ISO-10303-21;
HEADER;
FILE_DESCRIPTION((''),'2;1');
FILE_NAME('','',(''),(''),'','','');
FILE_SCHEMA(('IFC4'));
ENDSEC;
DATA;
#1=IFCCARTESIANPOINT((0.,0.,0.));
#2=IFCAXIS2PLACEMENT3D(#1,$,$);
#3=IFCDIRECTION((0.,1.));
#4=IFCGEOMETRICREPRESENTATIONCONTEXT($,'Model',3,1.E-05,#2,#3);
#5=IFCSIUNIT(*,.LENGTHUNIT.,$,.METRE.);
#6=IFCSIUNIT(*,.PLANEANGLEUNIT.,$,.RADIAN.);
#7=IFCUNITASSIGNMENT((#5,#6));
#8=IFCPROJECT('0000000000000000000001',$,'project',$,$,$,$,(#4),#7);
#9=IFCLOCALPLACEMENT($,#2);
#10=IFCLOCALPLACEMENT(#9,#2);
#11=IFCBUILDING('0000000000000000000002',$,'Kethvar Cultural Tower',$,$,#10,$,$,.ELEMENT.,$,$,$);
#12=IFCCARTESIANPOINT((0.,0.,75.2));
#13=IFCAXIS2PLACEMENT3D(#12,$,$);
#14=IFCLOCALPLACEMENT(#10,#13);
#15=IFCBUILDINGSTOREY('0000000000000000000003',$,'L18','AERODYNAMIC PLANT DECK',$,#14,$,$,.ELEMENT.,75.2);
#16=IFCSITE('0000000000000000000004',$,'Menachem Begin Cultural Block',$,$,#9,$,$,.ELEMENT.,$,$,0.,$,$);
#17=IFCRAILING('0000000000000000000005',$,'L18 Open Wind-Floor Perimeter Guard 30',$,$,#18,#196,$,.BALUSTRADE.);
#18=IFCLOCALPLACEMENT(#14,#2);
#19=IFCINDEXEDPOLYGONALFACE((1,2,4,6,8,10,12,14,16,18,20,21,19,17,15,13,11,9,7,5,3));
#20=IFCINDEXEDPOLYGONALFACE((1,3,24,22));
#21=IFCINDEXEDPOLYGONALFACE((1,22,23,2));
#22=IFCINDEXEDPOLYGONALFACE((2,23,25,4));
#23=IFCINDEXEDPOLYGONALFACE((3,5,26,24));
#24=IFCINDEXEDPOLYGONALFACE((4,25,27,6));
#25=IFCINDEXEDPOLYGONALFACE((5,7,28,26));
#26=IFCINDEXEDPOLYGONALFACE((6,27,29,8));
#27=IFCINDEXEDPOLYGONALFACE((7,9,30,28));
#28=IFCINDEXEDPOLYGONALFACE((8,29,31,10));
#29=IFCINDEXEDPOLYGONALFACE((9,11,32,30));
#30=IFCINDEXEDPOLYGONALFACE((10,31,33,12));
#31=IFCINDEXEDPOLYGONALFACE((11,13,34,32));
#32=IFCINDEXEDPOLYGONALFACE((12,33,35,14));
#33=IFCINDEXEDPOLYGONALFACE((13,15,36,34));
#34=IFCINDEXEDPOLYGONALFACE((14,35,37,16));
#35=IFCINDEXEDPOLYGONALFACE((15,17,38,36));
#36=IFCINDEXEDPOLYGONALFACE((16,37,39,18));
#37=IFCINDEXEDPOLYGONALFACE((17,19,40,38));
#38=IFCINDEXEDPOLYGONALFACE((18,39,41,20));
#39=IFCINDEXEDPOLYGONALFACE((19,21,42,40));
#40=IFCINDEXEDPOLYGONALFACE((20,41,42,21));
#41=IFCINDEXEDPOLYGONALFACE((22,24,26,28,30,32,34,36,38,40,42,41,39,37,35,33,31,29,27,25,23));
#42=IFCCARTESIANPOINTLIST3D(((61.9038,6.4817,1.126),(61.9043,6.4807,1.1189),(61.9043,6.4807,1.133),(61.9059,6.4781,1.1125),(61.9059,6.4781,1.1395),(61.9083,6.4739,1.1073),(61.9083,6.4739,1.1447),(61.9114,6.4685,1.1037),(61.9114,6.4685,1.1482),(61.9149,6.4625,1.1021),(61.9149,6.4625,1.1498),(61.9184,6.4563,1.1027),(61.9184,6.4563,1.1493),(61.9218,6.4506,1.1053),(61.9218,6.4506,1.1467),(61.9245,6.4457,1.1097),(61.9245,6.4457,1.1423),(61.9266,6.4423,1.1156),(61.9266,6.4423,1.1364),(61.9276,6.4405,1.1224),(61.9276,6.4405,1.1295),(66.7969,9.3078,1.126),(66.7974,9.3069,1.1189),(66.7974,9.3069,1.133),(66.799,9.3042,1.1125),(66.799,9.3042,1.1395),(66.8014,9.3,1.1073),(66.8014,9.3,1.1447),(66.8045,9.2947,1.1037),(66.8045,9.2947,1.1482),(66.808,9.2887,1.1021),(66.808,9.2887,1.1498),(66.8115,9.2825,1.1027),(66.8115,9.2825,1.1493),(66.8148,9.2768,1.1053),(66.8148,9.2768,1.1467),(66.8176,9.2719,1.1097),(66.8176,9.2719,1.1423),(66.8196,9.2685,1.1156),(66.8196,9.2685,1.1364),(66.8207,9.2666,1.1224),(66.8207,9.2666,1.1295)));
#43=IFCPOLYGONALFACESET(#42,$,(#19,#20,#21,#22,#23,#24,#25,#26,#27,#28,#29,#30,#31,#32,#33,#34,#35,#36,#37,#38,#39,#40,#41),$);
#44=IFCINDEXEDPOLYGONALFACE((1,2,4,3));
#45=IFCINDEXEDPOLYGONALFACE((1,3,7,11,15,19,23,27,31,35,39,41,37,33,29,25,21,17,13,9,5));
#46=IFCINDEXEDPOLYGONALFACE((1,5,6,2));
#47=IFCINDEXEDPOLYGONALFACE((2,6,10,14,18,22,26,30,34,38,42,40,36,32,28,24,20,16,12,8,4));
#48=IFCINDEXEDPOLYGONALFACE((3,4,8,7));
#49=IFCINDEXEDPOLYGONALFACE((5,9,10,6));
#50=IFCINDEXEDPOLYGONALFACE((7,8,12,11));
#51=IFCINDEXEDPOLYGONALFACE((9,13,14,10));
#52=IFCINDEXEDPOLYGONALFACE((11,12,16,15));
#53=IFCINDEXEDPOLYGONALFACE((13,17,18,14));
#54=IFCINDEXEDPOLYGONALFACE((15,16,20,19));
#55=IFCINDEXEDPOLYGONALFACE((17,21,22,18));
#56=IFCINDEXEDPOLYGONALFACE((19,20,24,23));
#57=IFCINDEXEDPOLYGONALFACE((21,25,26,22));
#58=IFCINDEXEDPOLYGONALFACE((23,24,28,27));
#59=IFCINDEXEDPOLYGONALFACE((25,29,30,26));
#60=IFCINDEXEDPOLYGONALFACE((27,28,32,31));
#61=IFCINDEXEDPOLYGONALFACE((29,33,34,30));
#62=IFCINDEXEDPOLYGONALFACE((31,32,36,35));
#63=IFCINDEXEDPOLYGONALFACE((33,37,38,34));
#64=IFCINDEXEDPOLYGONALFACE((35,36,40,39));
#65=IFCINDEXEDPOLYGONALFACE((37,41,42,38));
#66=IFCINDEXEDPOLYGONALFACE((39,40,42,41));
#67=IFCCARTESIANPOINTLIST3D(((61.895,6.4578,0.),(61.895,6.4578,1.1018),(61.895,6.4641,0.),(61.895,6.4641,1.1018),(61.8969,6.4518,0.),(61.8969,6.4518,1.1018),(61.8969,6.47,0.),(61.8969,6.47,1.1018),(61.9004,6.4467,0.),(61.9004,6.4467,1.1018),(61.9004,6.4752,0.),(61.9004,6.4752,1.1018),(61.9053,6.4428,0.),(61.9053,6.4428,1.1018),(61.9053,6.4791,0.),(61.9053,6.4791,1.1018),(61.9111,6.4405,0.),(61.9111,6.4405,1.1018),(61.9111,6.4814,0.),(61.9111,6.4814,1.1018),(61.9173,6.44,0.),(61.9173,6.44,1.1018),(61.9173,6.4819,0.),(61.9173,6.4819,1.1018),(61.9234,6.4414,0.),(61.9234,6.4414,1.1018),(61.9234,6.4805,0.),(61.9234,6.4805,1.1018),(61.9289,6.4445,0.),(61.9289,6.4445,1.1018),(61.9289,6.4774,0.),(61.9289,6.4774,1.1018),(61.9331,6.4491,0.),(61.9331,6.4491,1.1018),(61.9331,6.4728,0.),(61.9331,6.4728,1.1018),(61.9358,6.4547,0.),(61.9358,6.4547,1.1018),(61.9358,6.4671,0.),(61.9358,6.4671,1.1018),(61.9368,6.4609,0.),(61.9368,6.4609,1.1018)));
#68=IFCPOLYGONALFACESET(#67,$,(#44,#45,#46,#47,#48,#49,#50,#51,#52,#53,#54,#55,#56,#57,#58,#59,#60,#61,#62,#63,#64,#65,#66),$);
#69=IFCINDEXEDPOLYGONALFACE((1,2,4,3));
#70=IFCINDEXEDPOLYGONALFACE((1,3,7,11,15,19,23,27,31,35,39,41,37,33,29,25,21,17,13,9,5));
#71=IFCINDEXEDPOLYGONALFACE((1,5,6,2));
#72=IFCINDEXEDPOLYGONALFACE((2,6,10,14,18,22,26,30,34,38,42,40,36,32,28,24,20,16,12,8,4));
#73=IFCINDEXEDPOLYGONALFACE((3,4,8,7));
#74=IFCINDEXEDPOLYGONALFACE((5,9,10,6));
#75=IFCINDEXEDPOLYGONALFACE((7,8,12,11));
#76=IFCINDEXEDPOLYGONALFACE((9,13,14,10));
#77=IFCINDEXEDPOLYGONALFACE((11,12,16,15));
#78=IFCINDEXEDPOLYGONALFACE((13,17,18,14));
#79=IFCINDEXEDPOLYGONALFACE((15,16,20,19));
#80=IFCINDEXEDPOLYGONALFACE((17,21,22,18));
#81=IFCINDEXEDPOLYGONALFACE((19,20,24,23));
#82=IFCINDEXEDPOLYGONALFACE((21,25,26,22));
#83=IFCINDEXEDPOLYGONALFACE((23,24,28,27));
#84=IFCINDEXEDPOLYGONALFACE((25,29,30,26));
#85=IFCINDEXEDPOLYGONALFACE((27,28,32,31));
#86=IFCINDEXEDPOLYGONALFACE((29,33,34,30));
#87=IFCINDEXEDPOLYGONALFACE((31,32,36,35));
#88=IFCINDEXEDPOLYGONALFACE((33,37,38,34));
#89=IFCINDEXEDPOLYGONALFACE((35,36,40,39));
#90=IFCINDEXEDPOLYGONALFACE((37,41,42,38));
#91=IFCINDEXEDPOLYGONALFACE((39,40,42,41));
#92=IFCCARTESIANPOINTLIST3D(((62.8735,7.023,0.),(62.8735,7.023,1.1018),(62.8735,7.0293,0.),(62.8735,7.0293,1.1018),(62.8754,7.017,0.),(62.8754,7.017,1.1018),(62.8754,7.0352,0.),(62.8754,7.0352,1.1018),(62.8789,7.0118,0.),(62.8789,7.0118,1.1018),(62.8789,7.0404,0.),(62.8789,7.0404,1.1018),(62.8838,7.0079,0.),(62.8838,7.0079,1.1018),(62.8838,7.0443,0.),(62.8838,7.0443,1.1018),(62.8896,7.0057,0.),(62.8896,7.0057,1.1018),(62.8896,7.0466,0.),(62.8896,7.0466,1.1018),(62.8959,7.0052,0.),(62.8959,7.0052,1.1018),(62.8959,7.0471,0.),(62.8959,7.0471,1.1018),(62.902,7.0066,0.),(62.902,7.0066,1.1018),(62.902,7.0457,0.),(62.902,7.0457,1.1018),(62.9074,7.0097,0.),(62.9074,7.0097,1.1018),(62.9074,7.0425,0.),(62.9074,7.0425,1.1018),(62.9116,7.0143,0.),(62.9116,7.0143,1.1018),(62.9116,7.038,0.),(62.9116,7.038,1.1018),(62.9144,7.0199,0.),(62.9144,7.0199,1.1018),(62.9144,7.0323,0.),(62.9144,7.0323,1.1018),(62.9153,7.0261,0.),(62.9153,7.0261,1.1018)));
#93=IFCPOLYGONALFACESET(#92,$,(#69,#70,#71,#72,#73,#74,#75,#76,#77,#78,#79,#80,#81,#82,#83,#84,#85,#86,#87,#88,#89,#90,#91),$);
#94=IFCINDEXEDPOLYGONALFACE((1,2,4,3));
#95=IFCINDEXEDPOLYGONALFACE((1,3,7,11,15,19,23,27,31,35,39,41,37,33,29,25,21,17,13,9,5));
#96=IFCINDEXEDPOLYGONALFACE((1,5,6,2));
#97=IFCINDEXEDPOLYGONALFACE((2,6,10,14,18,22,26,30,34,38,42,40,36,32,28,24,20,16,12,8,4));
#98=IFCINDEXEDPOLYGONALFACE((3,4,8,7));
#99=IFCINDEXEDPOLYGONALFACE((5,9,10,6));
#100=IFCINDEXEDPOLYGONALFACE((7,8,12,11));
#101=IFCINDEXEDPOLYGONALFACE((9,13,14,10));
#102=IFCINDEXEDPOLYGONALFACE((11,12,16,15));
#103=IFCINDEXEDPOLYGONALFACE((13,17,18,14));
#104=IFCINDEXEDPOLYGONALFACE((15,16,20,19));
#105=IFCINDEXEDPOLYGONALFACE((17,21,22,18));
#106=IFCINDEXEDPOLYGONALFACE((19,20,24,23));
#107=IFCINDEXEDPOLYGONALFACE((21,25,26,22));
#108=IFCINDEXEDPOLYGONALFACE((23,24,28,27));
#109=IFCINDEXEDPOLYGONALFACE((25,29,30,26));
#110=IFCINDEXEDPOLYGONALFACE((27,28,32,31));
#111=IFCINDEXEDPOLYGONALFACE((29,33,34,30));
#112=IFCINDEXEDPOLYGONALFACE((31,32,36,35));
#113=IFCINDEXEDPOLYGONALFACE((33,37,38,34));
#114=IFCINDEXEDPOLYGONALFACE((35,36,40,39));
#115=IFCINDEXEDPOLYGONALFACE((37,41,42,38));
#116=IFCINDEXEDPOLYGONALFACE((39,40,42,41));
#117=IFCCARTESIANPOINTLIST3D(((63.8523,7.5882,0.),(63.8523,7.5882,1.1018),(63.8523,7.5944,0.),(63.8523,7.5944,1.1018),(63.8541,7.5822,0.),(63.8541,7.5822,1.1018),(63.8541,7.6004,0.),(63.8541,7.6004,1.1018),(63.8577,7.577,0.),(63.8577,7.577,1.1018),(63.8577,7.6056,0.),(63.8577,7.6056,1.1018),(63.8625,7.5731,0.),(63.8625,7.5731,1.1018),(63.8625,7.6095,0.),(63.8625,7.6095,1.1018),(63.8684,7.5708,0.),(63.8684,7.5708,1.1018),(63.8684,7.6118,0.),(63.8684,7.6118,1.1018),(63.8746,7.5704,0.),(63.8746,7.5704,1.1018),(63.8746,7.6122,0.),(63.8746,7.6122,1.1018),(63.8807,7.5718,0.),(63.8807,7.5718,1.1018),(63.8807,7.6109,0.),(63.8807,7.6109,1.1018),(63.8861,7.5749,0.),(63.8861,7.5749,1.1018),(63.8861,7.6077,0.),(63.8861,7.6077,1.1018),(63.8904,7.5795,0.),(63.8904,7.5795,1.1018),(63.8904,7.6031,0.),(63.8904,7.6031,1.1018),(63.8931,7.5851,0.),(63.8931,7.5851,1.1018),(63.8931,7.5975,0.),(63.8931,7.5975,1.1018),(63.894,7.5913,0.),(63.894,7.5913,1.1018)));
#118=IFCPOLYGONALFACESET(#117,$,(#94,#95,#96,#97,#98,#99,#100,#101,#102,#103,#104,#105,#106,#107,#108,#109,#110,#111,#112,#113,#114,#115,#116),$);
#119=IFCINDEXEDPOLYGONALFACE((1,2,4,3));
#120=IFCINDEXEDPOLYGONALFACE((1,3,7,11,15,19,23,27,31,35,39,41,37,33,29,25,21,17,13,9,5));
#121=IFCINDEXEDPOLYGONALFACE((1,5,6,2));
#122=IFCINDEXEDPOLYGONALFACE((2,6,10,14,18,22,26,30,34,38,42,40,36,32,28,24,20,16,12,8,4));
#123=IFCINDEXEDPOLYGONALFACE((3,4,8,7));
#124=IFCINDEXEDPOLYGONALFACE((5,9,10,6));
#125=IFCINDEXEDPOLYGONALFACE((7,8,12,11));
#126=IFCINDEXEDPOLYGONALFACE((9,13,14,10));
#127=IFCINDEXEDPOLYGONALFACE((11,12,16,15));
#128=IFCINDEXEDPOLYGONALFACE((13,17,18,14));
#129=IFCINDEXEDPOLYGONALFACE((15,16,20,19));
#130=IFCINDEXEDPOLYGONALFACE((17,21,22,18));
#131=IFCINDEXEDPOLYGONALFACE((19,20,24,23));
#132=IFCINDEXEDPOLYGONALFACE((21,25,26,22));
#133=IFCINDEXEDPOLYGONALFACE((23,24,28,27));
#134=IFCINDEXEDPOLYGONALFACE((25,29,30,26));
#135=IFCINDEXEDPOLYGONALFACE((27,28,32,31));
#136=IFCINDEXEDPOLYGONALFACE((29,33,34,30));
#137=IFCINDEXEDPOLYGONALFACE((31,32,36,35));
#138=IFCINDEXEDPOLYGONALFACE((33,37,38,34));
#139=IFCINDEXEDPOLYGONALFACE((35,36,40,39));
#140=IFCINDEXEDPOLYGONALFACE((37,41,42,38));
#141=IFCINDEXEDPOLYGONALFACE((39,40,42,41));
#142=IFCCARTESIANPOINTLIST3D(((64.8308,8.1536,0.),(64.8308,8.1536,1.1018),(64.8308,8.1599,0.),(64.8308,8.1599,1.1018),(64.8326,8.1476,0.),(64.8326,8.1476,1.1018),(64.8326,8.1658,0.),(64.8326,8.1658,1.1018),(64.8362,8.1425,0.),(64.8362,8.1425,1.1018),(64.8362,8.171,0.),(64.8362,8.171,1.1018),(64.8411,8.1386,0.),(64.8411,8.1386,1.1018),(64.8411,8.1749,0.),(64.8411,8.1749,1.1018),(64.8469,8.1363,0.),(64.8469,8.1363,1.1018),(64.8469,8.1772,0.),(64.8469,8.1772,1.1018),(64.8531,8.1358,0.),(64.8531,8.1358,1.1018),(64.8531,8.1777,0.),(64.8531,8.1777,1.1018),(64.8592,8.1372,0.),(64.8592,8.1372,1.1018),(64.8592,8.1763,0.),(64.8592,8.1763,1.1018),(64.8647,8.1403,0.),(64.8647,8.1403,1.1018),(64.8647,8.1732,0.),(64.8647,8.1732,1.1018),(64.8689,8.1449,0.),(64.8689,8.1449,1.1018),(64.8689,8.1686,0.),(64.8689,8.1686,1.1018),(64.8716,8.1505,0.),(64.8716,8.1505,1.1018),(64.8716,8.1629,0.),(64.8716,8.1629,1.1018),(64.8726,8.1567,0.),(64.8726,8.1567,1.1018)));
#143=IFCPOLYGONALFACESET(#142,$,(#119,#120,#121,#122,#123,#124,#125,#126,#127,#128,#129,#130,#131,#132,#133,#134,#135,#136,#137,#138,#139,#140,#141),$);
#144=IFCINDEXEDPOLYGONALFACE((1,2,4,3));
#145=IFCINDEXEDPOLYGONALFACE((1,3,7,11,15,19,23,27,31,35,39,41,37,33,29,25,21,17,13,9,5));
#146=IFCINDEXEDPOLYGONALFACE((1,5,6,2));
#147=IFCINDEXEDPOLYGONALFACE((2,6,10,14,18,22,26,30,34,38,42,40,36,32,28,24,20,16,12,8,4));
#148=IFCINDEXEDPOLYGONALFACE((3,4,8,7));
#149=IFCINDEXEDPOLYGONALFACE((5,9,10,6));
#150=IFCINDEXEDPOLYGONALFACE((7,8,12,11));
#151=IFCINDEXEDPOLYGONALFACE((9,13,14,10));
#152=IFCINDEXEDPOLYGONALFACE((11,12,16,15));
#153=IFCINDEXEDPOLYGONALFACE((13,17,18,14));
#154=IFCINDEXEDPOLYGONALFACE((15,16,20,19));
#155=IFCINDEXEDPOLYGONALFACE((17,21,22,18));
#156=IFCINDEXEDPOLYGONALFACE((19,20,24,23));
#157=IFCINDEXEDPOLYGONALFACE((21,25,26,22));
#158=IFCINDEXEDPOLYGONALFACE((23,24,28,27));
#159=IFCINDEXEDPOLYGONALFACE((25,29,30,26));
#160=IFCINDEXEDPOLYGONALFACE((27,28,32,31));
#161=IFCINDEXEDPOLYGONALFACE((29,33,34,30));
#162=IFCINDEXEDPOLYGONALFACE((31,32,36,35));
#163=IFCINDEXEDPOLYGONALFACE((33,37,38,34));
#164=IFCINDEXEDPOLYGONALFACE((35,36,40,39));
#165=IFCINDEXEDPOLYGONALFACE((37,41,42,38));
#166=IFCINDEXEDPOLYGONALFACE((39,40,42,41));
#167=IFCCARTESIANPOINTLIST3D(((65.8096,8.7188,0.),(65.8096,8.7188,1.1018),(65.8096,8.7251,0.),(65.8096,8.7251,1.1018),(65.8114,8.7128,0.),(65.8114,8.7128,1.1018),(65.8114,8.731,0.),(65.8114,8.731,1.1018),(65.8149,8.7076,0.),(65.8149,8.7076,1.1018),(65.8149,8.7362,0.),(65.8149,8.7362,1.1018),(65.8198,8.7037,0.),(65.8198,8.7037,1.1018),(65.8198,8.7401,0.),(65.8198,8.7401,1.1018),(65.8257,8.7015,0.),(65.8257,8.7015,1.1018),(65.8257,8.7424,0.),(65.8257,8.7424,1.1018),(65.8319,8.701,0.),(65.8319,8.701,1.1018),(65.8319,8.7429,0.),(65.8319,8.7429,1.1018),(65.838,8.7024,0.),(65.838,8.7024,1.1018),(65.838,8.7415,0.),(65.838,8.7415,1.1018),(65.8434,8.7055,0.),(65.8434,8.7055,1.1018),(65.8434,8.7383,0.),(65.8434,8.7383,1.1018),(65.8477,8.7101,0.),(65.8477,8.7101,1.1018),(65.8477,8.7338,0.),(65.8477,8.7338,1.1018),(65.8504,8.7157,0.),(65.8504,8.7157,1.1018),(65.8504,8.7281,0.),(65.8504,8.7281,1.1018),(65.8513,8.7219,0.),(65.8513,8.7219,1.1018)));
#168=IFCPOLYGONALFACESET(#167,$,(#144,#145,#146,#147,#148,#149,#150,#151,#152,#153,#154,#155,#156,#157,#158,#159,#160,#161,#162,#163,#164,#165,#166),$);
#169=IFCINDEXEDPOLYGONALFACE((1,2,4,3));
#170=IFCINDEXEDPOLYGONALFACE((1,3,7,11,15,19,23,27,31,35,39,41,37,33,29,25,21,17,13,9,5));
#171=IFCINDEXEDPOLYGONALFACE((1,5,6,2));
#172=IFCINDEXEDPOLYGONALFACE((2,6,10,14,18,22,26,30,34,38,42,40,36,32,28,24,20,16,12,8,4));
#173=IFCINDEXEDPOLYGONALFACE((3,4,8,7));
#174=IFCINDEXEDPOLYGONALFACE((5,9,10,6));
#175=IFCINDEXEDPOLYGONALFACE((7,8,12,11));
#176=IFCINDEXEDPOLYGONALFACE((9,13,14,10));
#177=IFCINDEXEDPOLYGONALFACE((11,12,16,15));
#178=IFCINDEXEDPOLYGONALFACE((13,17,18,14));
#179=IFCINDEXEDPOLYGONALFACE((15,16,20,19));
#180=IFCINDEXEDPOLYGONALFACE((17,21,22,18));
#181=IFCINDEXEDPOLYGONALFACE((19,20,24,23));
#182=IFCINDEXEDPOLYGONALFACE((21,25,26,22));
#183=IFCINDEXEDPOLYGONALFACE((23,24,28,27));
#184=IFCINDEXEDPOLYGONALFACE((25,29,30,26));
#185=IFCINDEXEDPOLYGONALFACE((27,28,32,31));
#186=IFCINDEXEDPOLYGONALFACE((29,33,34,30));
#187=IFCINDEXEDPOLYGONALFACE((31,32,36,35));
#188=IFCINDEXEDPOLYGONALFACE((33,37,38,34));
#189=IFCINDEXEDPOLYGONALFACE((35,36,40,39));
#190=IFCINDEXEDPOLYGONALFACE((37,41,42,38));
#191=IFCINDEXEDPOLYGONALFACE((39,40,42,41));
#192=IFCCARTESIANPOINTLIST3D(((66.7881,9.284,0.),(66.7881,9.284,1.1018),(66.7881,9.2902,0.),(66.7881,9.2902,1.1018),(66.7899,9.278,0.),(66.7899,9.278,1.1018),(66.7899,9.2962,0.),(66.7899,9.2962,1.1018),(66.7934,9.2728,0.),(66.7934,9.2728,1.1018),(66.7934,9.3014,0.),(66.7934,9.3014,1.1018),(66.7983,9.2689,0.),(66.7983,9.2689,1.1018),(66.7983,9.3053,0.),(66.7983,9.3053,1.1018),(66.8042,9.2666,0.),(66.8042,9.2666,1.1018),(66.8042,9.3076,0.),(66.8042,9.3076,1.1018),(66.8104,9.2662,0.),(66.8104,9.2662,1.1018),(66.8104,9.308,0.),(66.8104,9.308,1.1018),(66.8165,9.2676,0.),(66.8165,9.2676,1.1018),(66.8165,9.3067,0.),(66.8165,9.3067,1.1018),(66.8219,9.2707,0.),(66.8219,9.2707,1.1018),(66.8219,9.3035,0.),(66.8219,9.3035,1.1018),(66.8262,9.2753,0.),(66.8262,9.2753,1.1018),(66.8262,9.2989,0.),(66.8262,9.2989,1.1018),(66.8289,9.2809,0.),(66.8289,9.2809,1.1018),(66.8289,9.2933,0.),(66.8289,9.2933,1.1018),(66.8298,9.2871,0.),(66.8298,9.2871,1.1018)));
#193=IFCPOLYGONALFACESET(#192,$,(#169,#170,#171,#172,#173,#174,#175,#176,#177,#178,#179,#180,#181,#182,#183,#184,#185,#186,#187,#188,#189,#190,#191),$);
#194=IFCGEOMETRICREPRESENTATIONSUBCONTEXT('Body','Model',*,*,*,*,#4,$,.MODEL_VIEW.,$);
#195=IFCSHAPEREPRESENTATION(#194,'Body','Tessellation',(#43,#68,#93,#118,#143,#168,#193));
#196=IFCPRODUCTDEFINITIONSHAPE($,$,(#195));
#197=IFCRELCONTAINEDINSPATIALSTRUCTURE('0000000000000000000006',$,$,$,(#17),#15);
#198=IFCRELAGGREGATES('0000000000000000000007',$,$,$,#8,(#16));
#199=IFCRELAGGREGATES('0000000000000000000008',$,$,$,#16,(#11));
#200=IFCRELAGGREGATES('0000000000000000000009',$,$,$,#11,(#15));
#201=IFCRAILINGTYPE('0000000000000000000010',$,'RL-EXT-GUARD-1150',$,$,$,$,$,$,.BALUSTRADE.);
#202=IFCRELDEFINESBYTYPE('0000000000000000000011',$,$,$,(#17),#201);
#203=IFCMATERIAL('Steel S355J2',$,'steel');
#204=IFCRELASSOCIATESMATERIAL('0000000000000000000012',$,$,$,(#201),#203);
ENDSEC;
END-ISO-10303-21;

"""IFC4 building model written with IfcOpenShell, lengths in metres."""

from ifc_helpers import new_model, si_unit, direction, frame, origin, origin_2d, place, context, subcontext, project, spatial, circle, extrude, material, type_object, element, save


model = new_model("IFC4")

# Units and contexts
model_context = context("Model", 3, precision=1e-05, world=origin(), true_north=direction((0.0, 1.0)))
body_context = subcontext(model_context, "Body", "Model", "MODEL_VIEW")
ifc_project = project(units=[si_unit("LENGTHUNIT", "METRE"), si_unit("PLANEANGLEUNIT", "RADIAN")], contexts=[model_context])

# Site, building, storey
site_placement = place(None, origin())
site = spatial("IfcSite", under=ifc_project, at=site_placement, Name="Menachem Begin Cultural Block", CompositionType="ELEMENT", RefElevation=0.0)
building_placement = place(site_placement, origin())
building = spatial("IfcBuilding", under=site, at=building_placement, Name="Kethvar Cultural Tower", CompositionType="ELEMENT")
storey_placement = place(building_placement, frame((0.0, 0.0, 75.2)))
storey = spatial("IfcBuildingStorey", under=building, at=storey_placement, Name="L18", Description="AERODYNAMIC PLANT DECK", CompositionType="ELEMENT", Elevation=75.2)

# Shared definitions
ifc_material_1 = material(Name="Steel S355J2", Category="steel")

# Railing
railing_type = type_object("IfcRailingType", Name="RL-EXT-GUARD-1150", PredefinedType="BALUSTRADE", material=ifc_material_1)
railing_1_placement = place(storey_placement, frame((61.9158, 6.4609, 0.0)))
element("IfcRailing", 1, at=railing_1_placement, inside=storey, type_object=railing_type, Name="L18 Open Wind-Floor Perimeter Guard 30", PredefinedType="BALUSTRADE", context=body_context, shape_type="SweptSolid", body=[
    extrude(circle(Radius=0.0239, at=origin_2d()), frame((0.0, 0.0, 1.126), z_axis=(0.865937, 0.500154, 0.0), x_axis=(-0.500154, 0.865937, 0.0)), (0.0, 0.0, 1.0), 5.6506),
    extrude(circle(Radius=0.021, at=origin_2d()), origin(), (0.0, 0.0, 1.0), 1.1018),
    extrude(circle(Radius=0.021, at=origin_2d()), frame((0.9785, 0.5652, 0.0)), (0.0, 0.0, 1.0), 1.1018),
    extrude(circle(Radius=0.021, at=origin_2d()), frame((1.9573, 1.1304, 0.0)), (0.0, 0.0, 1.0), 1.1018),
    extrude(circle(Radius=0.021, at=origin_2d()), frame((2.9358, 1.6958, 0.0)), (0.0, 0.0, 1.0), 1.1018),
    extrude(circle(Radius=0.021, at=origin_2d()), frame((3.9146, 2.261, 0.0)), (0.0, 0.0, 1.0), 1.1018),
    extrude(circle(Radius=0.021, at=origin_2d()), frame((4.8931, 2.8262, 0.0)), (0.0, 0.0, 1.0), 1.1018),
])

save(model, "model.ifc")
